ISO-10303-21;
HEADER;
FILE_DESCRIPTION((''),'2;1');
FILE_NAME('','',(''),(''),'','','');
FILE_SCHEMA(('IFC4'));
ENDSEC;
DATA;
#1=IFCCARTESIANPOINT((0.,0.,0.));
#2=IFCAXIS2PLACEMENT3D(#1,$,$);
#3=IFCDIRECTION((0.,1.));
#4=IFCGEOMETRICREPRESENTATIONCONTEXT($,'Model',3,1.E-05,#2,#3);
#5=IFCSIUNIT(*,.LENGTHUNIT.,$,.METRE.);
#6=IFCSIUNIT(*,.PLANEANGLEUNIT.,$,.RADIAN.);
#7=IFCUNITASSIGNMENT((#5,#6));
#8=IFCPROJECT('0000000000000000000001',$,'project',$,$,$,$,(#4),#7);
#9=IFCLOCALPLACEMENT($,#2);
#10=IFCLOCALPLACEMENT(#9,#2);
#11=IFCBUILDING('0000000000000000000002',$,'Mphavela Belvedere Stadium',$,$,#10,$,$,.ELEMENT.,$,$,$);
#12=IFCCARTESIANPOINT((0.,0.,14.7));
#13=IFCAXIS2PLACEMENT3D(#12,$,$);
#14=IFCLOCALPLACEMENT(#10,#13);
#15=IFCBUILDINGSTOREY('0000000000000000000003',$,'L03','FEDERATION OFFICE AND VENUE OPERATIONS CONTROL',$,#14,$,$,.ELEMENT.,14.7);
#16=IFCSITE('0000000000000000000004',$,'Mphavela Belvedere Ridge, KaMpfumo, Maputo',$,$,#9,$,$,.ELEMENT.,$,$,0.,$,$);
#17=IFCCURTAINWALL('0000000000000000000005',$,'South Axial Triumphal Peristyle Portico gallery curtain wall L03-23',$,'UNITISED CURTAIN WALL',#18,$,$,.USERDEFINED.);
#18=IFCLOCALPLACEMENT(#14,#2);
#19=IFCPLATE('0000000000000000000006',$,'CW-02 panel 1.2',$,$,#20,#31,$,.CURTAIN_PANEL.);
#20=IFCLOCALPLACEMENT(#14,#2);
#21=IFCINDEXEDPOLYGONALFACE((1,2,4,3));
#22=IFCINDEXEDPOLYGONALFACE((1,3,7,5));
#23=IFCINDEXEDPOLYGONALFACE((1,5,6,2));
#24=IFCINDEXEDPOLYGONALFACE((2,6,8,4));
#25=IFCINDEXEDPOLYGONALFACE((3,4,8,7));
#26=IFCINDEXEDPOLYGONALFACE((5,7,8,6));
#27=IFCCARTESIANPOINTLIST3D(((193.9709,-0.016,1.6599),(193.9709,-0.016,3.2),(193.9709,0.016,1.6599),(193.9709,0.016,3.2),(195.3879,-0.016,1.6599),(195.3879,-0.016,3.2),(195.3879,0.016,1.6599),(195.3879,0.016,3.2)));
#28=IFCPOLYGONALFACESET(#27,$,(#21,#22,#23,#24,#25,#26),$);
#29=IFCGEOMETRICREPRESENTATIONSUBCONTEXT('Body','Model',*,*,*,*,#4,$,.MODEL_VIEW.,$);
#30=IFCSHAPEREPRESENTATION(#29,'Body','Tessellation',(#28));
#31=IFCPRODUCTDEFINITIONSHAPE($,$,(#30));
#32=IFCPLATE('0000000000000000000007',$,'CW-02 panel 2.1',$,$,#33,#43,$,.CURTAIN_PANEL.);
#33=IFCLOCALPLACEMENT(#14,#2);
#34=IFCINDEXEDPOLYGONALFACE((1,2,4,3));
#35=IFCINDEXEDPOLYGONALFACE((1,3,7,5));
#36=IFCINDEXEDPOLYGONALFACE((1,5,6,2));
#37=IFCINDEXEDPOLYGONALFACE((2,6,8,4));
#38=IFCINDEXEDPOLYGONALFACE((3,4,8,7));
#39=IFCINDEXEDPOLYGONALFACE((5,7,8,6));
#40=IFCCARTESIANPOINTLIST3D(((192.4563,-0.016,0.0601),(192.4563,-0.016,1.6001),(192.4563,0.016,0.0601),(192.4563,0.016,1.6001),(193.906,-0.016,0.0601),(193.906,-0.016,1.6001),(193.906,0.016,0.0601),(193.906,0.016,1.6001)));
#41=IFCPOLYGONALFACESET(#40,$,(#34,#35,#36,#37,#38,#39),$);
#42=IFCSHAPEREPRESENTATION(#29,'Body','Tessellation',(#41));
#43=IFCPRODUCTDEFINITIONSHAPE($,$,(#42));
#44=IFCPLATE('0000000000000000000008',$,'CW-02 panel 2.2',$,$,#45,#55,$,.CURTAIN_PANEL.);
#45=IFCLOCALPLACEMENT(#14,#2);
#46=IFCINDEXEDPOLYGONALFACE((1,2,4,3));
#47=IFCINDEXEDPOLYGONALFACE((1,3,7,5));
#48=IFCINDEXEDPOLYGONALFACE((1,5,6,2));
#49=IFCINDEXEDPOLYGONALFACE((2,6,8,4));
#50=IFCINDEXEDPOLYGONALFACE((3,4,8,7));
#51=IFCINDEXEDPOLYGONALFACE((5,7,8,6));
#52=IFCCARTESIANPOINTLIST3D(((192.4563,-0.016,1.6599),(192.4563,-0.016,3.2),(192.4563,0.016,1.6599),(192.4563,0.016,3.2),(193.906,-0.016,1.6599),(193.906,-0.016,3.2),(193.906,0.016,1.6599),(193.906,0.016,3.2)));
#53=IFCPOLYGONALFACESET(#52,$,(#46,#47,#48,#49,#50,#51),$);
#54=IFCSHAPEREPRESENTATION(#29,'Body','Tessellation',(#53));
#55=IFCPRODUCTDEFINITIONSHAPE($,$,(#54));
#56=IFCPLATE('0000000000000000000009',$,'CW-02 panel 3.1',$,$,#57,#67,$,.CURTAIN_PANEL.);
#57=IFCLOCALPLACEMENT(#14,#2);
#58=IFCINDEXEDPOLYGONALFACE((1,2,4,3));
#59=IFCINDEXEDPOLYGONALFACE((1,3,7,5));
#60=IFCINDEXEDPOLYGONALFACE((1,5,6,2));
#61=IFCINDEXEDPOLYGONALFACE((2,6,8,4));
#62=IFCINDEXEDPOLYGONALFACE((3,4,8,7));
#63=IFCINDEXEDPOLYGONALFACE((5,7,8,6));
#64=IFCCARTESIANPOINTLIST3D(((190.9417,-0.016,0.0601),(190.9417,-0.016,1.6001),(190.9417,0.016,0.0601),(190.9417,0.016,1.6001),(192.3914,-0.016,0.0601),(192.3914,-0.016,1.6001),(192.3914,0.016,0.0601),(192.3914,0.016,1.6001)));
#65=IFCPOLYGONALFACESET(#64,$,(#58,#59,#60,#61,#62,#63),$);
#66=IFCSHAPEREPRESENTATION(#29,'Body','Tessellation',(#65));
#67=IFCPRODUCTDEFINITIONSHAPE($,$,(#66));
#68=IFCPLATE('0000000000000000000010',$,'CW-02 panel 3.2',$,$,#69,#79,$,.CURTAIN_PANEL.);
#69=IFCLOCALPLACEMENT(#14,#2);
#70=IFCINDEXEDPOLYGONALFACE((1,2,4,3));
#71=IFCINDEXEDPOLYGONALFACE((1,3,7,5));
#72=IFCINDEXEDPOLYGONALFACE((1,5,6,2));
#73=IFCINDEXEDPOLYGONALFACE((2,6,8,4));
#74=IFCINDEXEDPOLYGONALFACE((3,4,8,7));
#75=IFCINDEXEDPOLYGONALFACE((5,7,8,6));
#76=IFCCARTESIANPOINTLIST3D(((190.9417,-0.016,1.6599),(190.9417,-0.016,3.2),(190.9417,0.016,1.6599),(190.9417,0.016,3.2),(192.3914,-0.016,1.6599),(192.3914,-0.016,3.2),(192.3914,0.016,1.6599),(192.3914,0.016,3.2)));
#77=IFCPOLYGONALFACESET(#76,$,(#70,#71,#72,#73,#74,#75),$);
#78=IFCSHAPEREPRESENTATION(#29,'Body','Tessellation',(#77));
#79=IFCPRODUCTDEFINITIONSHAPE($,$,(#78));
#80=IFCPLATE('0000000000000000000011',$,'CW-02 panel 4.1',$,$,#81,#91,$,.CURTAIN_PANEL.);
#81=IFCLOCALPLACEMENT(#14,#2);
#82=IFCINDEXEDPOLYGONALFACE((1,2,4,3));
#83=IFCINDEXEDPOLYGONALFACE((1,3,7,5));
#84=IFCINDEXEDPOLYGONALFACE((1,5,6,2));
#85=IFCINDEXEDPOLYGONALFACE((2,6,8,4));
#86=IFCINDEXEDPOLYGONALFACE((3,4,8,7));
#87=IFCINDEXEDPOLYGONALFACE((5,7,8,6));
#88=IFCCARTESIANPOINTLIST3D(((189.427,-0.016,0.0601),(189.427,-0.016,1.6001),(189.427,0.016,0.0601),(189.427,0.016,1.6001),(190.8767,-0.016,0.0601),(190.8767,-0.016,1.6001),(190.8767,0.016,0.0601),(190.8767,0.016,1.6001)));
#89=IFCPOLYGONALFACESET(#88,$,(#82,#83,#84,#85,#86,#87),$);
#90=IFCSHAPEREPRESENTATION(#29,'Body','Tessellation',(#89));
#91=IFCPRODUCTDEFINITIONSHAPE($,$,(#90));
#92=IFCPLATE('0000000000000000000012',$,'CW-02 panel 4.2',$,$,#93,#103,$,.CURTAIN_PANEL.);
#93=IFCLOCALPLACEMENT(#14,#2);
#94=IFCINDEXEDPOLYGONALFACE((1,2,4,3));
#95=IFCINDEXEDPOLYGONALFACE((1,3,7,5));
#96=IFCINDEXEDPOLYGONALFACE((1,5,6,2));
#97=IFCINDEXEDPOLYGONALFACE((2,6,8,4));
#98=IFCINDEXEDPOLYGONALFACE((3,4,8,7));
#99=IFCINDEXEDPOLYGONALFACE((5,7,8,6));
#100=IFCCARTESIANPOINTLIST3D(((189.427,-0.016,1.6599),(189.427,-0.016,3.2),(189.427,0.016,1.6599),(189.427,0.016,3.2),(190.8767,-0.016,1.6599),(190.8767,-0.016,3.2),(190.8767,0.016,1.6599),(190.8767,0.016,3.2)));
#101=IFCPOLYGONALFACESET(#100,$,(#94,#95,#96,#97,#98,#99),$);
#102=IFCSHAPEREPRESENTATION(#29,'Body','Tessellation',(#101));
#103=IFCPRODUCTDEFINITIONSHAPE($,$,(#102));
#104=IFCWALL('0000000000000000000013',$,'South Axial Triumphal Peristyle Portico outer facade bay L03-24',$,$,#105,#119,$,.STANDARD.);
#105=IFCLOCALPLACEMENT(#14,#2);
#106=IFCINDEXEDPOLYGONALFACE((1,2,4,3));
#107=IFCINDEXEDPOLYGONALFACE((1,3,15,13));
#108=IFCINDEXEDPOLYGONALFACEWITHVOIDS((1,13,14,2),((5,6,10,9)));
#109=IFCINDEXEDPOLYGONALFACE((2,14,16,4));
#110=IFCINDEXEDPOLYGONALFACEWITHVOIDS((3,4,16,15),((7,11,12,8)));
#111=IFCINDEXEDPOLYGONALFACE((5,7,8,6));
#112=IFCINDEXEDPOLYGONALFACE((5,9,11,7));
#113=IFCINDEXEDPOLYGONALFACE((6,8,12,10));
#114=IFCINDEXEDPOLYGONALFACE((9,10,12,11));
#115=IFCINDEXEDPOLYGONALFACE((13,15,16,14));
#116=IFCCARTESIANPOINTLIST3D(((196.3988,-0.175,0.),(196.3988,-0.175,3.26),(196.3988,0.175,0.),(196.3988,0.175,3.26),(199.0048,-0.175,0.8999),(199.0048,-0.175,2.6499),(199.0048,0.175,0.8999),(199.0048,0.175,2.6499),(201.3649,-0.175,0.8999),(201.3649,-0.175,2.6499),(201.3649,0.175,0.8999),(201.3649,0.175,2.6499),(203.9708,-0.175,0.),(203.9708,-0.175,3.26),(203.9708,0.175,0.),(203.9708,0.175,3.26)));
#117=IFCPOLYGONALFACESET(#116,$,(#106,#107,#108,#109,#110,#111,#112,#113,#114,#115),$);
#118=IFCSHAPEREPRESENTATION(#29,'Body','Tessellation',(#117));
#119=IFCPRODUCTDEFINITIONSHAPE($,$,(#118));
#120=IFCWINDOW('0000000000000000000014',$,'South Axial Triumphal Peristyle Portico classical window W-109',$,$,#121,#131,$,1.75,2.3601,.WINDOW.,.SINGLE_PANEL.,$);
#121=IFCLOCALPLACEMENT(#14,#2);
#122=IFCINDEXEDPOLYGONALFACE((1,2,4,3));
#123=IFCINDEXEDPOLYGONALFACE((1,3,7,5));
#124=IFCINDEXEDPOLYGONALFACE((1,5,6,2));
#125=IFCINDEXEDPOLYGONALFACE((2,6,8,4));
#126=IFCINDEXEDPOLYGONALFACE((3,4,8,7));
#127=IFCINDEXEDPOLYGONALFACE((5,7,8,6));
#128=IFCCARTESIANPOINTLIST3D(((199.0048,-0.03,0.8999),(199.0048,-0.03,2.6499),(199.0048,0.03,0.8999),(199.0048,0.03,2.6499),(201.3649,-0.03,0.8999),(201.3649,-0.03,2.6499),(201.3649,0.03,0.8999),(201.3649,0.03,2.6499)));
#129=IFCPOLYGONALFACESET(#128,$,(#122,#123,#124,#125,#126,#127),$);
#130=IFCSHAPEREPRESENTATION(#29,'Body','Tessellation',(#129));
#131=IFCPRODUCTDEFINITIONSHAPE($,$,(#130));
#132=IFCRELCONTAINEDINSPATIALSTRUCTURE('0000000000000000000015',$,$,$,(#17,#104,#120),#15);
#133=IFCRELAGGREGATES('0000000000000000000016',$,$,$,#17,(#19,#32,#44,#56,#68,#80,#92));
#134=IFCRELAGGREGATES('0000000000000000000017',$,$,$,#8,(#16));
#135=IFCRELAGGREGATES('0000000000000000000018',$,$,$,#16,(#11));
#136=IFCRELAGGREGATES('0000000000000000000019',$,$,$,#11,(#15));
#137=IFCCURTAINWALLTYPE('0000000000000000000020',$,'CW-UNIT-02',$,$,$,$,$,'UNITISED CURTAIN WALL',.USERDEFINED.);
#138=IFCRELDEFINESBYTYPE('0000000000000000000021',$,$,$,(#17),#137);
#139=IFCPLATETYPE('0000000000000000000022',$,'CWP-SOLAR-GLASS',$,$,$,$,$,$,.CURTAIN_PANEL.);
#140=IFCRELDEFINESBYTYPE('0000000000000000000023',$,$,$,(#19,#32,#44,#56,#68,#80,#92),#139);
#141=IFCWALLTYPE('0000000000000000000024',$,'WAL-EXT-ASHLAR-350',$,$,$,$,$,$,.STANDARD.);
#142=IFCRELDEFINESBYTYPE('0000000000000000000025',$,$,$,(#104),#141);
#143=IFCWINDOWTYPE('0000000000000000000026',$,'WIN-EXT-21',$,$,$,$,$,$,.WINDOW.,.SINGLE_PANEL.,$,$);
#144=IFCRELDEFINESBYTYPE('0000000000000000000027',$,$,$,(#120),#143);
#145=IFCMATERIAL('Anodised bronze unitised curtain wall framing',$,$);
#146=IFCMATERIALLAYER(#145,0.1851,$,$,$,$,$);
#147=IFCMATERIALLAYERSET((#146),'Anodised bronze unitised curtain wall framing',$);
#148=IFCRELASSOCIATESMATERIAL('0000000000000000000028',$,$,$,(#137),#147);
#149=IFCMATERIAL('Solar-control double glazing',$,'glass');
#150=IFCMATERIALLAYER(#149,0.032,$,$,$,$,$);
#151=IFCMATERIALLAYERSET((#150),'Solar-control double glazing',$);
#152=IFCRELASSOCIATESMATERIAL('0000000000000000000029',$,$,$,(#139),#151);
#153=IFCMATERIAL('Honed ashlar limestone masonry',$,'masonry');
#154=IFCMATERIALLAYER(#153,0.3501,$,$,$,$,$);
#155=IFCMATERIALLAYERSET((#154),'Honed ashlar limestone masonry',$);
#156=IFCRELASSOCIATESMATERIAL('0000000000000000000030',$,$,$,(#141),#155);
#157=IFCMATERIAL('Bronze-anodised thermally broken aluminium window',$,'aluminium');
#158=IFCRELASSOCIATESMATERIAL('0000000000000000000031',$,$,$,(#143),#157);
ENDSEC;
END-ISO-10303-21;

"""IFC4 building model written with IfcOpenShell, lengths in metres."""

from ifc_helpers import new_model, si_unit, direction, frame, frame_2d, origin, origin_2d, place, context, subcontext, project, spatial, rectangle, extrude, material, layer, layer_set, type_object, element, fill, aggregate, save


model = new_model("IFC4")

# Units and contexts
model_context = context("Model", 3, precision=1e-05, world=origin(), true_north=direction((0.0, 1.0)))
body_context = subcontext(model_context, "Body", "Model", "MODEL_VIEW")
ifc_project = project(units=[si_unit("LENGTHUNIT", "METRE"), si_unit("PLANEANGLEUNIT", "RADIAN")], contexts=[model_context])

# Site, building, storey
site_placement = place(None, origin())
site = spatial("IfcSite", under=ifc_project, at=site_placement, Name="Mphavela Belvedere Ridge, KaMpfumo, Maputo", CompositionType="ELEMENT", RefElevation=0.0)
building_placement = place(site_placement, origin())
building = spatial("IfcBuilding", under=site, at=building_placement, Name="Mphavela Belvedere Stadium", CompositionType="ELEMENT")
storey_placement = place(building_placement, frame((0.0, 0.0, 14.7)))
storey = spatial("IfcBuildingStorey", under=building, at=storey_placement, Name="L03", Description="FEDERATION OFFICE AND VENUE OPERATIONS CONTROL", CompositionType="ELEMENT", Elevation=14.7)

# Curtain wall, plates
ifc_material_1 = material(Name="Anodised bronze unitised curtain wall framing")
ifc_layer_1 = layer(ifc_material_1, 0.1851)
ifc_layer_set_1 = layer_set([ifc_layer_1], Name="Anodised bronze unitised curtain wall framing")
curtain_wall_type = type_object("IfcCurtainWallType", Name="CW-UNIT-02", ElementType="UNITISED CURTAIN WALL", PredefinedType="USERDEFINED", material=ifc_layer_set_1)
curtain_wall_placement = place(storey_placement, origin())
curtain_wall = element("IfcCurtainWall", 1, at=curtain_wall_placement, inside=storey, type_object=curtain_wall_type, Name="South Axial Triumphal Peristyle Portico gallery curtain wall L03-23", ObjectType="UNITISED CURTAIN WALL", PredefinedType="USERDEFINED")
ifc_material_2 = material(Name="Solar-control double glazing", Category="glass")
ifc_layer_2 = layer(ifc_material_2, 0.032)
ifc_layer_set_2 = layer_set([ifc_layer_2], Name="Solar-control double glazing")
plate_type = type_object("IfcPlateType", Name="CWP-SOLAR-GLASS", PredefinedType="CURTAIN_PANEL", material=ifc_layer_set_2)
plate_1_placement = place(storey_placement, frame((194.6794, 0.0, 1.6599), z_axis=(0.0, 0.0, 1.0), x_axis=(-1.0, 0.0, 0.0)))
plate_1 = element("IfcPlate", 2, at=plate_1_placement, type_object=plate_type, Name="CW-02 panel 1.2", PredefinedType="CURTAIN_PANEL", context=body_context, shape_type="SweptSolid", body=[
    extrude(rectangle(XDim=1.417, YDim=0.032, at=origin_2d()), origin(), (0.0, 0.0, 1.0), 1.54),
])
plate_2_placement = place(storey_placement, frame((193.1812, 0.0, 0.0601), z_axis=(0.0, 0.0, 1.0), x_axis=(-1.0, 0.0, 0.0)))
plate_2 = element("IfcPlate", 3, at=plate_2_placement, type_object=plate_type, Name="CW-02 panel 2.1", PredefinedType="CURTAIN_PANEL", context=body_context, shape_type="SweptSolid", body=[
    extrude(rectangle(XDim=1.4497, YDim=0.032, at=origin_2d()), origin(), (0.0, 0.0, 1.0), 1.54),
])
plate_3_placement = place(storey_placement, frame((193.1812, 0.0, 1.6599), z_axis=(0.0, 0.0, 1.0), x_axis=(-1.0, 0.0, 0.0)))
plate_3 = element("IfcPlate", 4, at=plate_3_placement, type_object=plate_type, Name="CW-02 panel 2.2", PredefinedType="CURTAIN_PANEL", context=body_context, shape_type="SweptSolid", body=[
    extrude(rectangle(XDim=1.4497, YDim=0.032, at=origin_2d()), origin(), (0.0, 0.0, 1.0), 1.54),
])
plate_4_placement = place(storey_placement, frame((191.6665, 0.0, 0.0601), z_axis=(0.0, 0.0, 1.0), x_axis=(-1.0, 0.0, 0.0)))
plate_4 = element("IfcPlate", 5, at=plate_4_placement, type_object=plate_type, Name="CW-02 panel 3.1", PredefinedType="CURTAIN_PANEL", context=body_context, shape_type="SweptSolid", body=[
    extrude(rectangle(XDim=1.4497, YDim=0.032, at=origin_2d()), origin(), (0.0, 0.0, 1.0), 1.54),
])
plate_5_placement = place(storey_placement, frame((191.6665, 0.0, 1.6599), z_axis=(0.0, 0.0, 1.0), x_axis=(-1.0, 0.0, 0.0)))
plate_5 = element("IfcPlate", 6, at=plate_5_placement, type_object=plate_type, Name="CW-02 panel 3.2", PredefinedType="CURTAIN_PANEL", context=body_context, shape_type="SweptSolid", body=[
    extrude(rectangle(XDim=1.4497, YDim=0.032, at=origin_2d()), origin(), (0.0, 0.0, 1.0), 1.54),
])
plate_6_placement = place(storey_placement, frame((190.1519, 0.0, 0.0601), z_axis=(0.0, 0.0, 1.0), x_axis=(-1.0, 0.0, 0.0)))
plate_6 = element("IfcPlate", 7, at=plate_6_placement, type_object=plate_type, Name="CW-02 panel 4.1", PredefinedType="CURTAIN_PANEL", context=body_context, shape_type="SweptSolid", body=[
    extrude(rectangle(XDim=1.4497, YDim=0.032, at=origin_2d()), origin(), (0.0, 0.0, 1.0), 1.54),
])
plate_7_placement = place(storey_placement, frame((190.1519, 0.0, 1.6599), z_axis=(0.0, 0.0, 1.0), x_axis=(-1.0, 0.0, 0.0)))
plate_7 = element("IfcPlate", 8, at=plate_7_placement, type_object=plate_type, Name="CW-02 panel 4.2", PredefinedType="CURTAIN_PANEL", context=body_context, shape_type="SweptSolid", body=[
    extrude(rectangle(XDim=1.4497, YDim=0.032, at=origin_2d()), origin(), (0.0, 0.0, 1.0), 1.54),
])
aggregate(curtain_wall, [plate_1, plate_2, plate_3, plate_4, plate_5, plate_6, plate_7])

# Wall, opening, window
ifc_material_3 = material(Name="Honed ashlar limestone masonry", Category="masonry")
ifc_layer_3 = layer(ifc_material_3, 0.3501)
ifc_layer_set_3 = layer_set([ifc_layer_3], Name="Honed ashlar limestone masonry")
wall_type = type_object("IfcWallType", Name="WAL-EXT-ASHLAR-350", PredefinedType="STANDARD", material=ifc_layer_set_3)
wall_placement = place(storey_placement, frame((203.9709, 0.0, 0.0), z_axis=(0.0, 0.0, 1.0), x_axis=(-1.0, 0.0, 0.0)))
wall = element("IfcWall", 9, at=wall_placement, inside=storey, type_object=wall_type, Name="South Axial Triumphal Peristyle Portico outer facade bay L03-24", PredefinedType="STANDARD", context=body_context, shape_type="SweptSolid", body=[
    extrude(rectangle(XDim=7.572, YDim=0.3501, at=frame_2d((3.7861, 0.0))), origin(), (0.0, 0.0, 1.0), 3.26),
])
opening_placement = place(wall_placement, frame((2.606, 0.0, 0.8999)))
opening = element("IfcOpeningElement", 10, at=opening_placement, cuts=wall, PredefinedType="OPENING", context=body_context, shape_type="SweptSolid", body=[
    extrude(rectangle(XDim=2.3601, YDim=1.75, at=frame_2d((1.1802, 0.875))), frame((0.0, 0.1851, 0.0), z_axis=(0.0, -1.0, 0.0), x_axis=(1.0, 0.0, 0.0)), (0.0, 0.0, 1.0), 0.3701),
])
ifc_material_4 = material(Name="Bronze-anodised thermally broken aluminium window", Category="aluminium")
window_type = type_object("IfcWindowType", Name="WIN-EXT-21", PartitioningType="SINGLE_PANEL", PredefinedType="WINDOW", material=ifc_material_4)
window_placement = place(opening_placement, origin())
window = element("IfcWindow", 11, at=window_placement, inside=storey, type_object=window_type, Name="South Axial Triumphal Peristyle Portico classical window W-109", OverallHeight=1.75, OverallWidth=2.3601, PartitioningType="SINGLE_PANEL", PredefinedType="WINDOW", context=body_context, shape_type="SweptSolid", body=[
    extrude(rectangle(XDim=2.3601, YDim=1.75, at=frame_2d((1.1802, 0.875))), frame((0.0, 0.03, 0.0), z_axis=(0.0, -1.0, 0.0), x_axis=(1.0, 0.0, 0.0)), (0.0, 0.0, 1.0), 0.0601),
])
fill(opening, window)

save(model, "model.ifc")
